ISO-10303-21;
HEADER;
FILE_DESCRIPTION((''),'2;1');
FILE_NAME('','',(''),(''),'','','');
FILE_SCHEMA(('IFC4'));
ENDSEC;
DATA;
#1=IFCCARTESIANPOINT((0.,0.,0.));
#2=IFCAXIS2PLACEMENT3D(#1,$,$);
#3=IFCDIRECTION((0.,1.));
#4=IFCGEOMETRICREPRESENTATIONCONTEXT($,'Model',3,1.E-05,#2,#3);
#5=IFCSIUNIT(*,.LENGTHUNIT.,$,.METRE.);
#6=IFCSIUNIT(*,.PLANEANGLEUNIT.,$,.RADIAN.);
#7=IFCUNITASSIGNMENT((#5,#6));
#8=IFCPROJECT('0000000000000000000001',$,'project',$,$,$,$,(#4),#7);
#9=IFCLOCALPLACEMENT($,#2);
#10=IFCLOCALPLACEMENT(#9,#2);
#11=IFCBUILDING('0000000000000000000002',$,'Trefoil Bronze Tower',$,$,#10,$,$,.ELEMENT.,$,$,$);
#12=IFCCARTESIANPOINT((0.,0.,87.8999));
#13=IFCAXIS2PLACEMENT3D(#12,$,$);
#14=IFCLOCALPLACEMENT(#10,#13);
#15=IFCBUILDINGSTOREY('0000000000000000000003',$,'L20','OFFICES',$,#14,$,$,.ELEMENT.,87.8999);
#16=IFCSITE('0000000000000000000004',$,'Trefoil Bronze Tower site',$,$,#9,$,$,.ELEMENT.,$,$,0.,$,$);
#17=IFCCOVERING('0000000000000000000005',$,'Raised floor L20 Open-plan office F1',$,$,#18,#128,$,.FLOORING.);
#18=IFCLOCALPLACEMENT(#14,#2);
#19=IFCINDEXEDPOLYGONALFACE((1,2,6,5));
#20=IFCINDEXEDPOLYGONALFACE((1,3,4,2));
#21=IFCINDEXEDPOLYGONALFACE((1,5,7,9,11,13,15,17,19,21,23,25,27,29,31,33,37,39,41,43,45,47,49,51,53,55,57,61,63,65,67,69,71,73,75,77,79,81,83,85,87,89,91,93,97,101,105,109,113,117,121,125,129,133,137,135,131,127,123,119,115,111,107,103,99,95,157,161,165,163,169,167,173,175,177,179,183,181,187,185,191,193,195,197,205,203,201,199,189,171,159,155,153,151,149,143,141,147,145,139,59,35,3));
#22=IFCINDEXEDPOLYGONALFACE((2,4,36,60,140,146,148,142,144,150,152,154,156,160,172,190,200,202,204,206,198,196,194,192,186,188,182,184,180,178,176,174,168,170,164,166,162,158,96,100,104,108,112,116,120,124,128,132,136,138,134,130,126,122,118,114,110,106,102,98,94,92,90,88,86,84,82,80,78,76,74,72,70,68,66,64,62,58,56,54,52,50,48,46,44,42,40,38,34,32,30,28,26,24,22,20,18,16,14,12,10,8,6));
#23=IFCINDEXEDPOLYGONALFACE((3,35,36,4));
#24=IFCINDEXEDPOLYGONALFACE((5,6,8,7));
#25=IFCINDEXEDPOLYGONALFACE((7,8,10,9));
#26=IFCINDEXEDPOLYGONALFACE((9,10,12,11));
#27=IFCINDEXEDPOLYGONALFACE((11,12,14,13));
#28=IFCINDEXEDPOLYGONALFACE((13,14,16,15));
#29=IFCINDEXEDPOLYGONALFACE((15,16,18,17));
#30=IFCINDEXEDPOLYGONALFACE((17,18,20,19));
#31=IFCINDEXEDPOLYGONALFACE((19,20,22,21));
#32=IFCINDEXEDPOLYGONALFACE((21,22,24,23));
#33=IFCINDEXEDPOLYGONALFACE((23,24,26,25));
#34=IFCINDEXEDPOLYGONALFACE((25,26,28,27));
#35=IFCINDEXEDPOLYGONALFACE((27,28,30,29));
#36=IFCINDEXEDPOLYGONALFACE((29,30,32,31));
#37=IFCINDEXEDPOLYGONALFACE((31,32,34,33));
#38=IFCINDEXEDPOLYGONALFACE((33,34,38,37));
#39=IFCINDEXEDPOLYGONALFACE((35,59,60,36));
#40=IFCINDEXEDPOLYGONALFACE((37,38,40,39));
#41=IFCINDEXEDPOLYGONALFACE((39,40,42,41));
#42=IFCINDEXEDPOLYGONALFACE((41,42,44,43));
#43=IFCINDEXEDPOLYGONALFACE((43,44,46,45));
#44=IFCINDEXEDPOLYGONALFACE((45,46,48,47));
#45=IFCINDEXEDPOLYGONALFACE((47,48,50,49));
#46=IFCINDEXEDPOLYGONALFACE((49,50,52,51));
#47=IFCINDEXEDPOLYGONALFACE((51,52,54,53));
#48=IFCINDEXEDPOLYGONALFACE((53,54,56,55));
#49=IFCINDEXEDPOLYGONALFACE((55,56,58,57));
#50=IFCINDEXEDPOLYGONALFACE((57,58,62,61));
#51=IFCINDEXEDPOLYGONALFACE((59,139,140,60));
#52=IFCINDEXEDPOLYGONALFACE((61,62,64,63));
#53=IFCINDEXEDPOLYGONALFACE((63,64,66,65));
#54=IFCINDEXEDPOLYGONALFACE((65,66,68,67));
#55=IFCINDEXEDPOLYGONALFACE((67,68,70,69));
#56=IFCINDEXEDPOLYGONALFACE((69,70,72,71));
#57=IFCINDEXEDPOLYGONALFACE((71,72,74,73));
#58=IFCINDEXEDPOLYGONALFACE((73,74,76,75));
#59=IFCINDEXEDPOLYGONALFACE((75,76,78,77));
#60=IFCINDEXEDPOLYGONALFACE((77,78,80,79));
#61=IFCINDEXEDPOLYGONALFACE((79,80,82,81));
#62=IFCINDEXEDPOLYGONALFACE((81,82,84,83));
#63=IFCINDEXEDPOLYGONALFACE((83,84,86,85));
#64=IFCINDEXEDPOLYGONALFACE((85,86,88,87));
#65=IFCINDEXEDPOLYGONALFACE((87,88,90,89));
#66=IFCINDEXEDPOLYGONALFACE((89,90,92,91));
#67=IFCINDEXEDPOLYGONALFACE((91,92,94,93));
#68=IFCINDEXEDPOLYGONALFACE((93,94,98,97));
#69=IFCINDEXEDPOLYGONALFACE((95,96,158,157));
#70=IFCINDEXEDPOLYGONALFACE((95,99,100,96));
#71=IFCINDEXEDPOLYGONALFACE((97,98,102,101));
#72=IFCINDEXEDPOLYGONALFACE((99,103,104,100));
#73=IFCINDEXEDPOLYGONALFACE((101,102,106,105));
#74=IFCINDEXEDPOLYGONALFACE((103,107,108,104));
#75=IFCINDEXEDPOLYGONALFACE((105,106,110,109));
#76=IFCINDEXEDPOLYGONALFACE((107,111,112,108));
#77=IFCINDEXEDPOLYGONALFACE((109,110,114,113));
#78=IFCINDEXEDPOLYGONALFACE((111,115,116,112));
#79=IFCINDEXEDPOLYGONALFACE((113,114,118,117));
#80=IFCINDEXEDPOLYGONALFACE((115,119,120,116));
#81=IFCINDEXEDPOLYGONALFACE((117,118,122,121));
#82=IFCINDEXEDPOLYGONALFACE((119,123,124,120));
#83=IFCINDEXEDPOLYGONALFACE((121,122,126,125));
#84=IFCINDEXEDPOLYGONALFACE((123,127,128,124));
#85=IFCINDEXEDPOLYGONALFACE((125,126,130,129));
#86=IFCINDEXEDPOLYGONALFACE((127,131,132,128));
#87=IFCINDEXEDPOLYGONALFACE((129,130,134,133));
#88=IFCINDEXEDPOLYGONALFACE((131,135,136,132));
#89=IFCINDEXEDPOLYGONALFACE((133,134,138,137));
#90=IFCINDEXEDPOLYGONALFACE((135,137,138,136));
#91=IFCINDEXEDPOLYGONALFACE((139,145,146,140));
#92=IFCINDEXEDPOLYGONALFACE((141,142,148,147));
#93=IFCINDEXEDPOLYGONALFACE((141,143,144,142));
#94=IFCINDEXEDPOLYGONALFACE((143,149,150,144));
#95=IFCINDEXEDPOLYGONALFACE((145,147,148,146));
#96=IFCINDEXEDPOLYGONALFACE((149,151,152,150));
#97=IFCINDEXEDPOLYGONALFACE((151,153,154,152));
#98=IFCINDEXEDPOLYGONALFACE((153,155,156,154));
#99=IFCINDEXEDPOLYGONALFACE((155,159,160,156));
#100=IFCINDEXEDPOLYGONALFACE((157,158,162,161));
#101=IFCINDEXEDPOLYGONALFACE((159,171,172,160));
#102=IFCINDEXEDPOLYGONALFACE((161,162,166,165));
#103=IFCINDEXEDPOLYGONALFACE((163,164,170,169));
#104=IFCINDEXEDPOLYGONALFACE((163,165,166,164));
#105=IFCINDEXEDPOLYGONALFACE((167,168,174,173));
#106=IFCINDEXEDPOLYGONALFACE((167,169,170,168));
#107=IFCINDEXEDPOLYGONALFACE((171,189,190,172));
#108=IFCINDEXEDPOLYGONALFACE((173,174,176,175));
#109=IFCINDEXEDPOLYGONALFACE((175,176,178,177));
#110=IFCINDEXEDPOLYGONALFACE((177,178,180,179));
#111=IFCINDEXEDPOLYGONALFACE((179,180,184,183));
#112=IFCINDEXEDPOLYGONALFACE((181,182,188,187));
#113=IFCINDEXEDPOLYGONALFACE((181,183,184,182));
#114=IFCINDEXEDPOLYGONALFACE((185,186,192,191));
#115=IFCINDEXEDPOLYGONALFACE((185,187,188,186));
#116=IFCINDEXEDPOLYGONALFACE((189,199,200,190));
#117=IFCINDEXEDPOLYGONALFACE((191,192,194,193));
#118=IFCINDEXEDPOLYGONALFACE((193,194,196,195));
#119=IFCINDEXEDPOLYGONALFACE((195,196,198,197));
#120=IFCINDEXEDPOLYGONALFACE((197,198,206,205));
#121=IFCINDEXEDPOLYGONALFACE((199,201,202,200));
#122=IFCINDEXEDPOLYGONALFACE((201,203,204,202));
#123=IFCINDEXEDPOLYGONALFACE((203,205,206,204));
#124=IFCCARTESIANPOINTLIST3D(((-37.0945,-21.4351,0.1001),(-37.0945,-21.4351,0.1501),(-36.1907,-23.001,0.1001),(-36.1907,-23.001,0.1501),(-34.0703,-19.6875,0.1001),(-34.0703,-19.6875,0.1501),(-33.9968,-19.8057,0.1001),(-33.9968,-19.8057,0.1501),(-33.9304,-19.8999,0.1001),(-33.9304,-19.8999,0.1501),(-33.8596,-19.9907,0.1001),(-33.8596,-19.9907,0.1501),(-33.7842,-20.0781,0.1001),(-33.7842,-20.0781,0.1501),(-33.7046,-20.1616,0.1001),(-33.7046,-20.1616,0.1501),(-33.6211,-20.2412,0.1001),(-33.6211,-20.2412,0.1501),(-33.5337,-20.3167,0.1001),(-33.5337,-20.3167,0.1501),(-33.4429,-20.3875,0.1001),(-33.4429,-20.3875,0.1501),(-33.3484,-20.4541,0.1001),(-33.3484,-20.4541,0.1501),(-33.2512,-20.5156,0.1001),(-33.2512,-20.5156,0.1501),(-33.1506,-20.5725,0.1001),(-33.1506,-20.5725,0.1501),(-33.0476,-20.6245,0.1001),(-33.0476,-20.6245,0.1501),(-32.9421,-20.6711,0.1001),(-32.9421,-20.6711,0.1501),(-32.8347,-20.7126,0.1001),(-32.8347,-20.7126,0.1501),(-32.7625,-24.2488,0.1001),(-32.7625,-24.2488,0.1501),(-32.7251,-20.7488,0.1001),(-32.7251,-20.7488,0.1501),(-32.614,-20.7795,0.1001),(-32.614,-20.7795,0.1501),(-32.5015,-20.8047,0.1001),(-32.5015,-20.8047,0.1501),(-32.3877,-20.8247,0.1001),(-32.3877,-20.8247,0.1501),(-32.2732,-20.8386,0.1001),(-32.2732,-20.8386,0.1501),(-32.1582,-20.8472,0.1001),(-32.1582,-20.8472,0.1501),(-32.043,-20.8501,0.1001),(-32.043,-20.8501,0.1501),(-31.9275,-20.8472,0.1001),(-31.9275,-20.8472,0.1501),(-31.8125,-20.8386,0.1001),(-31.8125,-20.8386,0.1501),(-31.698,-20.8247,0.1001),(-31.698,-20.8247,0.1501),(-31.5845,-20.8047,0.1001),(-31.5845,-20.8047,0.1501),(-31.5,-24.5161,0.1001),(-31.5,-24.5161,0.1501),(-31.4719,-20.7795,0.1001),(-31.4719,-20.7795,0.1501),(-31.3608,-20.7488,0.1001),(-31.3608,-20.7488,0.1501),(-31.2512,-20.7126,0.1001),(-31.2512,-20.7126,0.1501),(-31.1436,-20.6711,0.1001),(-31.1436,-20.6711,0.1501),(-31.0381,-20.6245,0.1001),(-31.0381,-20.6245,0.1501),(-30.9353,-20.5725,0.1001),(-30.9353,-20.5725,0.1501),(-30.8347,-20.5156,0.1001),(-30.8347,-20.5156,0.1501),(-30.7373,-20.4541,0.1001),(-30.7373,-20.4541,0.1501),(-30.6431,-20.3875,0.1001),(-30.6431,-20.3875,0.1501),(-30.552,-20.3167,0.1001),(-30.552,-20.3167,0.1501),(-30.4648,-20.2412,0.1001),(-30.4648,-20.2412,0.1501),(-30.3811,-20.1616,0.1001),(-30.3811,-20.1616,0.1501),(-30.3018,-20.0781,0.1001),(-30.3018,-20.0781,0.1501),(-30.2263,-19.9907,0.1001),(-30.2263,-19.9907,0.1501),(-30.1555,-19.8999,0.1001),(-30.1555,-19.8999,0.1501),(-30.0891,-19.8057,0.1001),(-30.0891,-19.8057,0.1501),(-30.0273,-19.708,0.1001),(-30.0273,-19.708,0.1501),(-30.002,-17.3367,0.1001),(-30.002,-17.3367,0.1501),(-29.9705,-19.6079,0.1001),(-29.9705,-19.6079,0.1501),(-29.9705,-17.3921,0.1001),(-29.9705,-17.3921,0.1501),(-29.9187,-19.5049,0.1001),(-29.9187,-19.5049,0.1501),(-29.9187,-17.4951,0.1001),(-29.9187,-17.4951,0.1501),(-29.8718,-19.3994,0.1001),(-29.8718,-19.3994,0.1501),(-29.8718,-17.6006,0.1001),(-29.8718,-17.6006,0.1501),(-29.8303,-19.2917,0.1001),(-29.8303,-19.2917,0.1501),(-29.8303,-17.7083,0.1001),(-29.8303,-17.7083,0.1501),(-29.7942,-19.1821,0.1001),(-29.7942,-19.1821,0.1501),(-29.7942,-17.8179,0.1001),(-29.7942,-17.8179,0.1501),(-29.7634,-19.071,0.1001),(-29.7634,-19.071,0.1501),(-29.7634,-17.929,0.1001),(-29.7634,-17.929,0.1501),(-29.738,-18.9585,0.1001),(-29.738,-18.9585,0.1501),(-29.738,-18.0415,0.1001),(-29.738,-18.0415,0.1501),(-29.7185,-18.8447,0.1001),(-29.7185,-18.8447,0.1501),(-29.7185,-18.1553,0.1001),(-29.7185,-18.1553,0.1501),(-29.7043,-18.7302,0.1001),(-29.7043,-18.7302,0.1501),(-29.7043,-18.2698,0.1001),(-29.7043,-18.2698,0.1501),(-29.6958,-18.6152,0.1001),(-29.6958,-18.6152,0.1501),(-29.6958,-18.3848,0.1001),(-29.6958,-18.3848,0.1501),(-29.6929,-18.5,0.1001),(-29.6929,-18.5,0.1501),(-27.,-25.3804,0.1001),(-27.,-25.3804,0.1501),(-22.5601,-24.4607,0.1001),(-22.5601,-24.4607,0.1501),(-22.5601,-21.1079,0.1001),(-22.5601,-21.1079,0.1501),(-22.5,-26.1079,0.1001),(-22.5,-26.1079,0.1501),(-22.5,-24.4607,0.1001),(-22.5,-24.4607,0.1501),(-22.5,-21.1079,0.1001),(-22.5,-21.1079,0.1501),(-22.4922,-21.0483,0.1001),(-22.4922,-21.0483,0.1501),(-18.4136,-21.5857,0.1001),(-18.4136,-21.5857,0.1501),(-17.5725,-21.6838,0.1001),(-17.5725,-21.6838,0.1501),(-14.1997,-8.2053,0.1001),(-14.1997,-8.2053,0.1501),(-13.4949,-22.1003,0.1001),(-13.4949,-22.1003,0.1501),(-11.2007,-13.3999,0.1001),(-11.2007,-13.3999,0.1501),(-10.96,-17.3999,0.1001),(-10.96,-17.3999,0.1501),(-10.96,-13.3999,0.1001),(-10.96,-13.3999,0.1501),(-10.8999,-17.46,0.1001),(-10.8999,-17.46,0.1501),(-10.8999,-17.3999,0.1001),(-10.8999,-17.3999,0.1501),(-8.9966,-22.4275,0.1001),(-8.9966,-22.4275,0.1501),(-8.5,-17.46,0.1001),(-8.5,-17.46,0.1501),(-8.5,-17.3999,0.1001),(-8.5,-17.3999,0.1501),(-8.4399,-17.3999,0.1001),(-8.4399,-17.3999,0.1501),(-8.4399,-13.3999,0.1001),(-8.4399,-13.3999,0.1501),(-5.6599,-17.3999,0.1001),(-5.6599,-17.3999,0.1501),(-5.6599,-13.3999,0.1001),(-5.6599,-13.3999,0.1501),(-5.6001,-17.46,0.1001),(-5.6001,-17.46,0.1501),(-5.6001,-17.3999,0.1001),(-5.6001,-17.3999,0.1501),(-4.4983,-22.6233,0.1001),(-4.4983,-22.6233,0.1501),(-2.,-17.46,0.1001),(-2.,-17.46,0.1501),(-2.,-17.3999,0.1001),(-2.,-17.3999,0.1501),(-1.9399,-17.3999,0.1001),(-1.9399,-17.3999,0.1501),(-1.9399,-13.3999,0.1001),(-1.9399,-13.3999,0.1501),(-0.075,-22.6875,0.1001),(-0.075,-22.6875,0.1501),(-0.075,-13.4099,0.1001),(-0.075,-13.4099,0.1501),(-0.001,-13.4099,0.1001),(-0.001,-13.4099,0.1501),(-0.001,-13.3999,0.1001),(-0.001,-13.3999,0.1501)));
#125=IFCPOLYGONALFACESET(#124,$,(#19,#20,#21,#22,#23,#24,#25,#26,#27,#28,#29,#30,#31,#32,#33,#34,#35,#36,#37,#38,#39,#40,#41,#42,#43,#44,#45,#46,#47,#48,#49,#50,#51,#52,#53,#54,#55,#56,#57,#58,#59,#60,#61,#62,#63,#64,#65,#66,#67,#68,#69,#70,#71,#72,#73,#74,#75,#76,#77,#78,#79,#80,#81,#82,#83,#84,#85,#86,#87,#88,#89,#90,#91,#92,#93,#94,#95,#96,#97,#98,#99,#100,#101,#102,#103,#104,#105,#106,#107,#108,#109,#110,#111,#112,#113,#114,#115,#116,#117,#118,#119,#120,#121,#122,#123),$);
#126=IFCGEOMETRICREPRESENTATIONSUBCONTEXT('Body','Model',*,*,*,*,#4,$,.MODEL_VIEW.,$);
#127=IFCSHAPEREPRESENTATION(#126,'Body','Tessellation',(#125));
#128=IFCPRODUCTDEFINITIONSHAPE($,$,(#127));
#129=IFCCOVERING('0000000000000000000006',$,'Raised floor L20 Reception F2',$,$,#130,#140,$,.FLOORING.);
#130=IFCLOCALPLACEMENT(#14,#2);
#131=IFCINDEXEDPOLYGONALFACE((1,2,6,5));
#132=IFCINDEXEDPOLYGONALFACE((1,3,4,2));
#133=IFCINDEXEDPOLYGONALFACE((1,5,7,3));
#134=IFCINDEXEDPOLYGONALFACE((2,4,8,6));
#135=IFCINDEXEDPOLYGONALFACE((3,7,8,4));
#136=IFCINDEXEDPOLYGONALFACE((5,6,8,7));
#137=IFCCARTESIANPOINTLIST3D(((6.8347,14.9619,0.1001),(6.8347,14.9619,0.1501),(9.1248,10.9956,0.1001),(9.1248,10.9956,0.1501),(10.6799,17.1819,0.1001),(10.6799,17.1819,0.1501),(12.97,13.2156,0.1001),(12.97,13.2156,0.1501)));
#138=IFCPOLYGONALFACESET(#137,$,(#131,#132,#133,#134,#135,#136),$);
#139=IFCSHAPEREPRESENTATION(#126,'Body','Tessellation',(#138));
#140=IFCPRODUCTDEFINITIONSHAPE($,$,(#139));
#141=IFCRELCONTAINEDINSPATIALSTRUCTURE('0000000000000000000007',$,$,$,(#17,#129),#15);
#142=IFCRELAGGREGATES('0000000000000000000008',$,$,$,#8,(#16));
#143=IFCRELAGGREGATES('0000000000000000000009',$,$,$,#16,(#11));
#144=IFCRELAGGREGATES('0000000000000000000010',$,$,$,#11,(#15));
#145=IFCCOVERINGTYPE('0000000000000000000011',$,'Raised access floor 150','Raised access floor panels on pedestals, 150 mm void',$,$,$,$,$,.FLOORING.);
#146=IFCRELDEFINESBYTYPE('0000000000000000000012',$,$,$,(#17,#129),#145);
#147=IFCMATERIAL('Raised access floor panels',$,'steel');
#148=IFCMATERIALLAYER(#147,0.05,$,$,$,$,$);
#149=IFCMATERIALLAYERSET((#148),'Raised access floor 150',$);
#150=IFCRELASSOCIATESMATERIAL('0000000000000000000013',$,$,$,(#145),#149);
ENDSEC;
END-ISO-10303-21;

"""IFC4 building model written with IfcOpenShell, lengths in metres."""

from ifc_helpers import new_model, si_unit, direction, frame, origin, place, context, subcontext, project, spatial, polyline, outline, extrude, material, layer, layer_set, type_object, element, save


model = new_model("IFC4")

# Units and contexts
model_context = context("Model", 3, precision=1e-05, world=origin(), true_north=direction((0.0, 1.0)))
body_context = subcontext(model_context, "Body", "Model", "MODEL_VIEW")
ifc_project = project(units=[si_unit("LENGTHUNIT", "METRE"), si_unit("PLANEANGLEUNIT", "RADIAN")], contexts=[model_context])

# Site, building, storey
site_placement = place(None, origin())
site = spatial("IfcSite", under=ifc_project, at=site_placement, Name="Trefoil Bronze Tower site", CompositionType="ELEMENT", RefElevation=0.0)
building_placement = place(site_placement, origin())
building = spatial("IfcBuilding", under=site, at=building_placement, Name="Trefoil Bronze Tower", CompositionType="ELEMENT")
storey_placement = place(building_placement, frame((0.0, 0.0, 87.8999)))
storey = spatial("IfcBuildingStorey", under=building, at=storey_placement, Name="L20", Description="OFFICES", CompositionType="ELEMENT", Elevation=87.8999)

# Coverings
ifc_material_1 = material(Name="Raised access floor panels", Category="steel")
ifc_layer_1 = layer(ifc_material_1, 0.05)
ifc_layer_set_1 = layer_set([ifc_layer_1], Name="Raised access floor 150")
covering_type_1 = type_object("IfcCoveringType", Name="Raised access floor 150", Description="Raised access floor panels on pedestals, 150 mm void", PredefinedType="FLOORING", material=ifc_layer_set_1)
covering_1_placement = place(storey_placement, frame((0.0, 0.0, 0.1001)))
element("IfcCovering", 1, at=covering_1_placement, inside=storey, type_object=covering_type_1, Name="Raised floor L20 Open-plan office F1", PredefinedType="FLOORING", context=body_context, shape_type="SweptSolid", body=[
    extrude(outline(polyline([(-30.002, -17.3367), (-14.1997, -8.2053), (-11.2007, -13.3999), (-10.96, -13.3999), (-10.96, -17.3999), (-10.8999, -17.3999), (-10.8999, -17.46), (-8.5, -17.46), (-8.5, -17.3999), (-8.4399, -17.3999), (-8.4399, -13.3999), (-5.6599, -13.3999), (-5.6599, -17.3999), (-5.6001, -17.3999), (-5.6001, -17.46), (-2.0, -17.46), (-2.0, -17.3999), (-1.9399, -17.3999), (-1.9399, -13.3999), (-0.001, -13.3999), (-0.001, -13.4099), (-0.075, -13.4099), (-0.075, -22.6875), (-4.4983, -22.6233), (-8.9966, -22.4275), (-13.4949, -22.1003), (-17.5725, -21.6838), (-18.4136, -21.5857), (-22.4922, -21.0483), (-22.5, -21.1079), (-22.5601, -21.1079), (-22.5601, -24.4607), (-22.5, -24.4607), (-22.5, -26.1079), (-27.0, -25.3804), (-31.5, -24.5161), (-32.7625, -24.2488), (-36.1907, -23.001), (-37.0945, -21.4351), (-34.0703, -19.6875), (-33.9968, -19.8057), (-33.9304, -19.8999), (-33.8596, -19.9907), (-33.7842, -20.0781), (-33.7046, -20.1616), (-33.6211, -20.2412), (-33.5337, -20.3167), (-33.4429, -20.3875), (-33.3484, -20.4541), (-33.2512, -20.5156), (-33.1506, -20.5725), (-33.0476, -20.6245), (-32.9421, -20.6711), (-32.8347, -20.7126), (-32.7251, -20.7488), (-32.614, -20.7795), (-32.5015, -20.8047), (-32.3877, -20.8247), (-32.2732, -20.8386), (-32.1582, -20.8472), (-32.043, -20.8501), (-31.9275, -20.8472), (-31.8125, -20.8386), (-31.698, -20.8247), (-31.5845, -20.8047), (-31.4719, -20.7795), (-31.3608, -20.7488), (-31.2512, -20.7126), (-31.1436, -20.6711), (-31.0381, -20.6245), (-30.9353, -20.5725), (-30.8347, -20.5156), (-30.7373, -20.4541), (-30.6431, -20.3875), (-30.552, -20.3167), (-30.4648, -20.2412), (-30.3811, -20.1616), (-30.3018, -20.0781), (-30.2263, -19.9907), (-30.1555, -19.8999), (-30.0891, -19.8057), (-30.0273, -19.708), (-29.9705, -19.6079), (-29.9187, -19.5049), (-29.8718, -19.3994), (-29.8303, -19.2917), (-29.7942, -19.1821), (-29.7634, -19.071), (-29.738, -18.9585), (-29.7185, -18.8447), (-29.7043, -18.7302), (-29.6958, -18.6152), (-29.6929, -18.5), (-29.6958, -18.3848), (-29.7043, -18.2698), (-29.7185, -18.1553), (-29.738, -18.0415), (-29.7634, -17.929), (-29.7942, -17.8179), (-29.8303, -17.7083), (-29.8718, -17.6006), (-29.9187, -17.4951), (-29.9705, -17.3921), (-30.002, -17.3367)])), origin(), (0.0, 0.0, 1.0), 0.05),
])
covering_2_placement = place(storey_placement, frame((0.0, 0.0, 0.1001)))
element("IfcCovering", 2, at=covering_2_placement, inside=storey, type_object=covering_type_1, Name="Raised floor L20 Reception F2", PredefinedType="FLOORING", context=body_context, shape_type="SweptSolid", body=[
    extrude(outline(polyline([(6.8347, 14.9619), (10.6799, 17.1819), (12.97, 13.2156), (9.1248, 10.9956), (6.8347, 14.9619)])), origin(), (0.0, 0.0, 1.0), 0.05),
])

save(model, "model.ifc")
